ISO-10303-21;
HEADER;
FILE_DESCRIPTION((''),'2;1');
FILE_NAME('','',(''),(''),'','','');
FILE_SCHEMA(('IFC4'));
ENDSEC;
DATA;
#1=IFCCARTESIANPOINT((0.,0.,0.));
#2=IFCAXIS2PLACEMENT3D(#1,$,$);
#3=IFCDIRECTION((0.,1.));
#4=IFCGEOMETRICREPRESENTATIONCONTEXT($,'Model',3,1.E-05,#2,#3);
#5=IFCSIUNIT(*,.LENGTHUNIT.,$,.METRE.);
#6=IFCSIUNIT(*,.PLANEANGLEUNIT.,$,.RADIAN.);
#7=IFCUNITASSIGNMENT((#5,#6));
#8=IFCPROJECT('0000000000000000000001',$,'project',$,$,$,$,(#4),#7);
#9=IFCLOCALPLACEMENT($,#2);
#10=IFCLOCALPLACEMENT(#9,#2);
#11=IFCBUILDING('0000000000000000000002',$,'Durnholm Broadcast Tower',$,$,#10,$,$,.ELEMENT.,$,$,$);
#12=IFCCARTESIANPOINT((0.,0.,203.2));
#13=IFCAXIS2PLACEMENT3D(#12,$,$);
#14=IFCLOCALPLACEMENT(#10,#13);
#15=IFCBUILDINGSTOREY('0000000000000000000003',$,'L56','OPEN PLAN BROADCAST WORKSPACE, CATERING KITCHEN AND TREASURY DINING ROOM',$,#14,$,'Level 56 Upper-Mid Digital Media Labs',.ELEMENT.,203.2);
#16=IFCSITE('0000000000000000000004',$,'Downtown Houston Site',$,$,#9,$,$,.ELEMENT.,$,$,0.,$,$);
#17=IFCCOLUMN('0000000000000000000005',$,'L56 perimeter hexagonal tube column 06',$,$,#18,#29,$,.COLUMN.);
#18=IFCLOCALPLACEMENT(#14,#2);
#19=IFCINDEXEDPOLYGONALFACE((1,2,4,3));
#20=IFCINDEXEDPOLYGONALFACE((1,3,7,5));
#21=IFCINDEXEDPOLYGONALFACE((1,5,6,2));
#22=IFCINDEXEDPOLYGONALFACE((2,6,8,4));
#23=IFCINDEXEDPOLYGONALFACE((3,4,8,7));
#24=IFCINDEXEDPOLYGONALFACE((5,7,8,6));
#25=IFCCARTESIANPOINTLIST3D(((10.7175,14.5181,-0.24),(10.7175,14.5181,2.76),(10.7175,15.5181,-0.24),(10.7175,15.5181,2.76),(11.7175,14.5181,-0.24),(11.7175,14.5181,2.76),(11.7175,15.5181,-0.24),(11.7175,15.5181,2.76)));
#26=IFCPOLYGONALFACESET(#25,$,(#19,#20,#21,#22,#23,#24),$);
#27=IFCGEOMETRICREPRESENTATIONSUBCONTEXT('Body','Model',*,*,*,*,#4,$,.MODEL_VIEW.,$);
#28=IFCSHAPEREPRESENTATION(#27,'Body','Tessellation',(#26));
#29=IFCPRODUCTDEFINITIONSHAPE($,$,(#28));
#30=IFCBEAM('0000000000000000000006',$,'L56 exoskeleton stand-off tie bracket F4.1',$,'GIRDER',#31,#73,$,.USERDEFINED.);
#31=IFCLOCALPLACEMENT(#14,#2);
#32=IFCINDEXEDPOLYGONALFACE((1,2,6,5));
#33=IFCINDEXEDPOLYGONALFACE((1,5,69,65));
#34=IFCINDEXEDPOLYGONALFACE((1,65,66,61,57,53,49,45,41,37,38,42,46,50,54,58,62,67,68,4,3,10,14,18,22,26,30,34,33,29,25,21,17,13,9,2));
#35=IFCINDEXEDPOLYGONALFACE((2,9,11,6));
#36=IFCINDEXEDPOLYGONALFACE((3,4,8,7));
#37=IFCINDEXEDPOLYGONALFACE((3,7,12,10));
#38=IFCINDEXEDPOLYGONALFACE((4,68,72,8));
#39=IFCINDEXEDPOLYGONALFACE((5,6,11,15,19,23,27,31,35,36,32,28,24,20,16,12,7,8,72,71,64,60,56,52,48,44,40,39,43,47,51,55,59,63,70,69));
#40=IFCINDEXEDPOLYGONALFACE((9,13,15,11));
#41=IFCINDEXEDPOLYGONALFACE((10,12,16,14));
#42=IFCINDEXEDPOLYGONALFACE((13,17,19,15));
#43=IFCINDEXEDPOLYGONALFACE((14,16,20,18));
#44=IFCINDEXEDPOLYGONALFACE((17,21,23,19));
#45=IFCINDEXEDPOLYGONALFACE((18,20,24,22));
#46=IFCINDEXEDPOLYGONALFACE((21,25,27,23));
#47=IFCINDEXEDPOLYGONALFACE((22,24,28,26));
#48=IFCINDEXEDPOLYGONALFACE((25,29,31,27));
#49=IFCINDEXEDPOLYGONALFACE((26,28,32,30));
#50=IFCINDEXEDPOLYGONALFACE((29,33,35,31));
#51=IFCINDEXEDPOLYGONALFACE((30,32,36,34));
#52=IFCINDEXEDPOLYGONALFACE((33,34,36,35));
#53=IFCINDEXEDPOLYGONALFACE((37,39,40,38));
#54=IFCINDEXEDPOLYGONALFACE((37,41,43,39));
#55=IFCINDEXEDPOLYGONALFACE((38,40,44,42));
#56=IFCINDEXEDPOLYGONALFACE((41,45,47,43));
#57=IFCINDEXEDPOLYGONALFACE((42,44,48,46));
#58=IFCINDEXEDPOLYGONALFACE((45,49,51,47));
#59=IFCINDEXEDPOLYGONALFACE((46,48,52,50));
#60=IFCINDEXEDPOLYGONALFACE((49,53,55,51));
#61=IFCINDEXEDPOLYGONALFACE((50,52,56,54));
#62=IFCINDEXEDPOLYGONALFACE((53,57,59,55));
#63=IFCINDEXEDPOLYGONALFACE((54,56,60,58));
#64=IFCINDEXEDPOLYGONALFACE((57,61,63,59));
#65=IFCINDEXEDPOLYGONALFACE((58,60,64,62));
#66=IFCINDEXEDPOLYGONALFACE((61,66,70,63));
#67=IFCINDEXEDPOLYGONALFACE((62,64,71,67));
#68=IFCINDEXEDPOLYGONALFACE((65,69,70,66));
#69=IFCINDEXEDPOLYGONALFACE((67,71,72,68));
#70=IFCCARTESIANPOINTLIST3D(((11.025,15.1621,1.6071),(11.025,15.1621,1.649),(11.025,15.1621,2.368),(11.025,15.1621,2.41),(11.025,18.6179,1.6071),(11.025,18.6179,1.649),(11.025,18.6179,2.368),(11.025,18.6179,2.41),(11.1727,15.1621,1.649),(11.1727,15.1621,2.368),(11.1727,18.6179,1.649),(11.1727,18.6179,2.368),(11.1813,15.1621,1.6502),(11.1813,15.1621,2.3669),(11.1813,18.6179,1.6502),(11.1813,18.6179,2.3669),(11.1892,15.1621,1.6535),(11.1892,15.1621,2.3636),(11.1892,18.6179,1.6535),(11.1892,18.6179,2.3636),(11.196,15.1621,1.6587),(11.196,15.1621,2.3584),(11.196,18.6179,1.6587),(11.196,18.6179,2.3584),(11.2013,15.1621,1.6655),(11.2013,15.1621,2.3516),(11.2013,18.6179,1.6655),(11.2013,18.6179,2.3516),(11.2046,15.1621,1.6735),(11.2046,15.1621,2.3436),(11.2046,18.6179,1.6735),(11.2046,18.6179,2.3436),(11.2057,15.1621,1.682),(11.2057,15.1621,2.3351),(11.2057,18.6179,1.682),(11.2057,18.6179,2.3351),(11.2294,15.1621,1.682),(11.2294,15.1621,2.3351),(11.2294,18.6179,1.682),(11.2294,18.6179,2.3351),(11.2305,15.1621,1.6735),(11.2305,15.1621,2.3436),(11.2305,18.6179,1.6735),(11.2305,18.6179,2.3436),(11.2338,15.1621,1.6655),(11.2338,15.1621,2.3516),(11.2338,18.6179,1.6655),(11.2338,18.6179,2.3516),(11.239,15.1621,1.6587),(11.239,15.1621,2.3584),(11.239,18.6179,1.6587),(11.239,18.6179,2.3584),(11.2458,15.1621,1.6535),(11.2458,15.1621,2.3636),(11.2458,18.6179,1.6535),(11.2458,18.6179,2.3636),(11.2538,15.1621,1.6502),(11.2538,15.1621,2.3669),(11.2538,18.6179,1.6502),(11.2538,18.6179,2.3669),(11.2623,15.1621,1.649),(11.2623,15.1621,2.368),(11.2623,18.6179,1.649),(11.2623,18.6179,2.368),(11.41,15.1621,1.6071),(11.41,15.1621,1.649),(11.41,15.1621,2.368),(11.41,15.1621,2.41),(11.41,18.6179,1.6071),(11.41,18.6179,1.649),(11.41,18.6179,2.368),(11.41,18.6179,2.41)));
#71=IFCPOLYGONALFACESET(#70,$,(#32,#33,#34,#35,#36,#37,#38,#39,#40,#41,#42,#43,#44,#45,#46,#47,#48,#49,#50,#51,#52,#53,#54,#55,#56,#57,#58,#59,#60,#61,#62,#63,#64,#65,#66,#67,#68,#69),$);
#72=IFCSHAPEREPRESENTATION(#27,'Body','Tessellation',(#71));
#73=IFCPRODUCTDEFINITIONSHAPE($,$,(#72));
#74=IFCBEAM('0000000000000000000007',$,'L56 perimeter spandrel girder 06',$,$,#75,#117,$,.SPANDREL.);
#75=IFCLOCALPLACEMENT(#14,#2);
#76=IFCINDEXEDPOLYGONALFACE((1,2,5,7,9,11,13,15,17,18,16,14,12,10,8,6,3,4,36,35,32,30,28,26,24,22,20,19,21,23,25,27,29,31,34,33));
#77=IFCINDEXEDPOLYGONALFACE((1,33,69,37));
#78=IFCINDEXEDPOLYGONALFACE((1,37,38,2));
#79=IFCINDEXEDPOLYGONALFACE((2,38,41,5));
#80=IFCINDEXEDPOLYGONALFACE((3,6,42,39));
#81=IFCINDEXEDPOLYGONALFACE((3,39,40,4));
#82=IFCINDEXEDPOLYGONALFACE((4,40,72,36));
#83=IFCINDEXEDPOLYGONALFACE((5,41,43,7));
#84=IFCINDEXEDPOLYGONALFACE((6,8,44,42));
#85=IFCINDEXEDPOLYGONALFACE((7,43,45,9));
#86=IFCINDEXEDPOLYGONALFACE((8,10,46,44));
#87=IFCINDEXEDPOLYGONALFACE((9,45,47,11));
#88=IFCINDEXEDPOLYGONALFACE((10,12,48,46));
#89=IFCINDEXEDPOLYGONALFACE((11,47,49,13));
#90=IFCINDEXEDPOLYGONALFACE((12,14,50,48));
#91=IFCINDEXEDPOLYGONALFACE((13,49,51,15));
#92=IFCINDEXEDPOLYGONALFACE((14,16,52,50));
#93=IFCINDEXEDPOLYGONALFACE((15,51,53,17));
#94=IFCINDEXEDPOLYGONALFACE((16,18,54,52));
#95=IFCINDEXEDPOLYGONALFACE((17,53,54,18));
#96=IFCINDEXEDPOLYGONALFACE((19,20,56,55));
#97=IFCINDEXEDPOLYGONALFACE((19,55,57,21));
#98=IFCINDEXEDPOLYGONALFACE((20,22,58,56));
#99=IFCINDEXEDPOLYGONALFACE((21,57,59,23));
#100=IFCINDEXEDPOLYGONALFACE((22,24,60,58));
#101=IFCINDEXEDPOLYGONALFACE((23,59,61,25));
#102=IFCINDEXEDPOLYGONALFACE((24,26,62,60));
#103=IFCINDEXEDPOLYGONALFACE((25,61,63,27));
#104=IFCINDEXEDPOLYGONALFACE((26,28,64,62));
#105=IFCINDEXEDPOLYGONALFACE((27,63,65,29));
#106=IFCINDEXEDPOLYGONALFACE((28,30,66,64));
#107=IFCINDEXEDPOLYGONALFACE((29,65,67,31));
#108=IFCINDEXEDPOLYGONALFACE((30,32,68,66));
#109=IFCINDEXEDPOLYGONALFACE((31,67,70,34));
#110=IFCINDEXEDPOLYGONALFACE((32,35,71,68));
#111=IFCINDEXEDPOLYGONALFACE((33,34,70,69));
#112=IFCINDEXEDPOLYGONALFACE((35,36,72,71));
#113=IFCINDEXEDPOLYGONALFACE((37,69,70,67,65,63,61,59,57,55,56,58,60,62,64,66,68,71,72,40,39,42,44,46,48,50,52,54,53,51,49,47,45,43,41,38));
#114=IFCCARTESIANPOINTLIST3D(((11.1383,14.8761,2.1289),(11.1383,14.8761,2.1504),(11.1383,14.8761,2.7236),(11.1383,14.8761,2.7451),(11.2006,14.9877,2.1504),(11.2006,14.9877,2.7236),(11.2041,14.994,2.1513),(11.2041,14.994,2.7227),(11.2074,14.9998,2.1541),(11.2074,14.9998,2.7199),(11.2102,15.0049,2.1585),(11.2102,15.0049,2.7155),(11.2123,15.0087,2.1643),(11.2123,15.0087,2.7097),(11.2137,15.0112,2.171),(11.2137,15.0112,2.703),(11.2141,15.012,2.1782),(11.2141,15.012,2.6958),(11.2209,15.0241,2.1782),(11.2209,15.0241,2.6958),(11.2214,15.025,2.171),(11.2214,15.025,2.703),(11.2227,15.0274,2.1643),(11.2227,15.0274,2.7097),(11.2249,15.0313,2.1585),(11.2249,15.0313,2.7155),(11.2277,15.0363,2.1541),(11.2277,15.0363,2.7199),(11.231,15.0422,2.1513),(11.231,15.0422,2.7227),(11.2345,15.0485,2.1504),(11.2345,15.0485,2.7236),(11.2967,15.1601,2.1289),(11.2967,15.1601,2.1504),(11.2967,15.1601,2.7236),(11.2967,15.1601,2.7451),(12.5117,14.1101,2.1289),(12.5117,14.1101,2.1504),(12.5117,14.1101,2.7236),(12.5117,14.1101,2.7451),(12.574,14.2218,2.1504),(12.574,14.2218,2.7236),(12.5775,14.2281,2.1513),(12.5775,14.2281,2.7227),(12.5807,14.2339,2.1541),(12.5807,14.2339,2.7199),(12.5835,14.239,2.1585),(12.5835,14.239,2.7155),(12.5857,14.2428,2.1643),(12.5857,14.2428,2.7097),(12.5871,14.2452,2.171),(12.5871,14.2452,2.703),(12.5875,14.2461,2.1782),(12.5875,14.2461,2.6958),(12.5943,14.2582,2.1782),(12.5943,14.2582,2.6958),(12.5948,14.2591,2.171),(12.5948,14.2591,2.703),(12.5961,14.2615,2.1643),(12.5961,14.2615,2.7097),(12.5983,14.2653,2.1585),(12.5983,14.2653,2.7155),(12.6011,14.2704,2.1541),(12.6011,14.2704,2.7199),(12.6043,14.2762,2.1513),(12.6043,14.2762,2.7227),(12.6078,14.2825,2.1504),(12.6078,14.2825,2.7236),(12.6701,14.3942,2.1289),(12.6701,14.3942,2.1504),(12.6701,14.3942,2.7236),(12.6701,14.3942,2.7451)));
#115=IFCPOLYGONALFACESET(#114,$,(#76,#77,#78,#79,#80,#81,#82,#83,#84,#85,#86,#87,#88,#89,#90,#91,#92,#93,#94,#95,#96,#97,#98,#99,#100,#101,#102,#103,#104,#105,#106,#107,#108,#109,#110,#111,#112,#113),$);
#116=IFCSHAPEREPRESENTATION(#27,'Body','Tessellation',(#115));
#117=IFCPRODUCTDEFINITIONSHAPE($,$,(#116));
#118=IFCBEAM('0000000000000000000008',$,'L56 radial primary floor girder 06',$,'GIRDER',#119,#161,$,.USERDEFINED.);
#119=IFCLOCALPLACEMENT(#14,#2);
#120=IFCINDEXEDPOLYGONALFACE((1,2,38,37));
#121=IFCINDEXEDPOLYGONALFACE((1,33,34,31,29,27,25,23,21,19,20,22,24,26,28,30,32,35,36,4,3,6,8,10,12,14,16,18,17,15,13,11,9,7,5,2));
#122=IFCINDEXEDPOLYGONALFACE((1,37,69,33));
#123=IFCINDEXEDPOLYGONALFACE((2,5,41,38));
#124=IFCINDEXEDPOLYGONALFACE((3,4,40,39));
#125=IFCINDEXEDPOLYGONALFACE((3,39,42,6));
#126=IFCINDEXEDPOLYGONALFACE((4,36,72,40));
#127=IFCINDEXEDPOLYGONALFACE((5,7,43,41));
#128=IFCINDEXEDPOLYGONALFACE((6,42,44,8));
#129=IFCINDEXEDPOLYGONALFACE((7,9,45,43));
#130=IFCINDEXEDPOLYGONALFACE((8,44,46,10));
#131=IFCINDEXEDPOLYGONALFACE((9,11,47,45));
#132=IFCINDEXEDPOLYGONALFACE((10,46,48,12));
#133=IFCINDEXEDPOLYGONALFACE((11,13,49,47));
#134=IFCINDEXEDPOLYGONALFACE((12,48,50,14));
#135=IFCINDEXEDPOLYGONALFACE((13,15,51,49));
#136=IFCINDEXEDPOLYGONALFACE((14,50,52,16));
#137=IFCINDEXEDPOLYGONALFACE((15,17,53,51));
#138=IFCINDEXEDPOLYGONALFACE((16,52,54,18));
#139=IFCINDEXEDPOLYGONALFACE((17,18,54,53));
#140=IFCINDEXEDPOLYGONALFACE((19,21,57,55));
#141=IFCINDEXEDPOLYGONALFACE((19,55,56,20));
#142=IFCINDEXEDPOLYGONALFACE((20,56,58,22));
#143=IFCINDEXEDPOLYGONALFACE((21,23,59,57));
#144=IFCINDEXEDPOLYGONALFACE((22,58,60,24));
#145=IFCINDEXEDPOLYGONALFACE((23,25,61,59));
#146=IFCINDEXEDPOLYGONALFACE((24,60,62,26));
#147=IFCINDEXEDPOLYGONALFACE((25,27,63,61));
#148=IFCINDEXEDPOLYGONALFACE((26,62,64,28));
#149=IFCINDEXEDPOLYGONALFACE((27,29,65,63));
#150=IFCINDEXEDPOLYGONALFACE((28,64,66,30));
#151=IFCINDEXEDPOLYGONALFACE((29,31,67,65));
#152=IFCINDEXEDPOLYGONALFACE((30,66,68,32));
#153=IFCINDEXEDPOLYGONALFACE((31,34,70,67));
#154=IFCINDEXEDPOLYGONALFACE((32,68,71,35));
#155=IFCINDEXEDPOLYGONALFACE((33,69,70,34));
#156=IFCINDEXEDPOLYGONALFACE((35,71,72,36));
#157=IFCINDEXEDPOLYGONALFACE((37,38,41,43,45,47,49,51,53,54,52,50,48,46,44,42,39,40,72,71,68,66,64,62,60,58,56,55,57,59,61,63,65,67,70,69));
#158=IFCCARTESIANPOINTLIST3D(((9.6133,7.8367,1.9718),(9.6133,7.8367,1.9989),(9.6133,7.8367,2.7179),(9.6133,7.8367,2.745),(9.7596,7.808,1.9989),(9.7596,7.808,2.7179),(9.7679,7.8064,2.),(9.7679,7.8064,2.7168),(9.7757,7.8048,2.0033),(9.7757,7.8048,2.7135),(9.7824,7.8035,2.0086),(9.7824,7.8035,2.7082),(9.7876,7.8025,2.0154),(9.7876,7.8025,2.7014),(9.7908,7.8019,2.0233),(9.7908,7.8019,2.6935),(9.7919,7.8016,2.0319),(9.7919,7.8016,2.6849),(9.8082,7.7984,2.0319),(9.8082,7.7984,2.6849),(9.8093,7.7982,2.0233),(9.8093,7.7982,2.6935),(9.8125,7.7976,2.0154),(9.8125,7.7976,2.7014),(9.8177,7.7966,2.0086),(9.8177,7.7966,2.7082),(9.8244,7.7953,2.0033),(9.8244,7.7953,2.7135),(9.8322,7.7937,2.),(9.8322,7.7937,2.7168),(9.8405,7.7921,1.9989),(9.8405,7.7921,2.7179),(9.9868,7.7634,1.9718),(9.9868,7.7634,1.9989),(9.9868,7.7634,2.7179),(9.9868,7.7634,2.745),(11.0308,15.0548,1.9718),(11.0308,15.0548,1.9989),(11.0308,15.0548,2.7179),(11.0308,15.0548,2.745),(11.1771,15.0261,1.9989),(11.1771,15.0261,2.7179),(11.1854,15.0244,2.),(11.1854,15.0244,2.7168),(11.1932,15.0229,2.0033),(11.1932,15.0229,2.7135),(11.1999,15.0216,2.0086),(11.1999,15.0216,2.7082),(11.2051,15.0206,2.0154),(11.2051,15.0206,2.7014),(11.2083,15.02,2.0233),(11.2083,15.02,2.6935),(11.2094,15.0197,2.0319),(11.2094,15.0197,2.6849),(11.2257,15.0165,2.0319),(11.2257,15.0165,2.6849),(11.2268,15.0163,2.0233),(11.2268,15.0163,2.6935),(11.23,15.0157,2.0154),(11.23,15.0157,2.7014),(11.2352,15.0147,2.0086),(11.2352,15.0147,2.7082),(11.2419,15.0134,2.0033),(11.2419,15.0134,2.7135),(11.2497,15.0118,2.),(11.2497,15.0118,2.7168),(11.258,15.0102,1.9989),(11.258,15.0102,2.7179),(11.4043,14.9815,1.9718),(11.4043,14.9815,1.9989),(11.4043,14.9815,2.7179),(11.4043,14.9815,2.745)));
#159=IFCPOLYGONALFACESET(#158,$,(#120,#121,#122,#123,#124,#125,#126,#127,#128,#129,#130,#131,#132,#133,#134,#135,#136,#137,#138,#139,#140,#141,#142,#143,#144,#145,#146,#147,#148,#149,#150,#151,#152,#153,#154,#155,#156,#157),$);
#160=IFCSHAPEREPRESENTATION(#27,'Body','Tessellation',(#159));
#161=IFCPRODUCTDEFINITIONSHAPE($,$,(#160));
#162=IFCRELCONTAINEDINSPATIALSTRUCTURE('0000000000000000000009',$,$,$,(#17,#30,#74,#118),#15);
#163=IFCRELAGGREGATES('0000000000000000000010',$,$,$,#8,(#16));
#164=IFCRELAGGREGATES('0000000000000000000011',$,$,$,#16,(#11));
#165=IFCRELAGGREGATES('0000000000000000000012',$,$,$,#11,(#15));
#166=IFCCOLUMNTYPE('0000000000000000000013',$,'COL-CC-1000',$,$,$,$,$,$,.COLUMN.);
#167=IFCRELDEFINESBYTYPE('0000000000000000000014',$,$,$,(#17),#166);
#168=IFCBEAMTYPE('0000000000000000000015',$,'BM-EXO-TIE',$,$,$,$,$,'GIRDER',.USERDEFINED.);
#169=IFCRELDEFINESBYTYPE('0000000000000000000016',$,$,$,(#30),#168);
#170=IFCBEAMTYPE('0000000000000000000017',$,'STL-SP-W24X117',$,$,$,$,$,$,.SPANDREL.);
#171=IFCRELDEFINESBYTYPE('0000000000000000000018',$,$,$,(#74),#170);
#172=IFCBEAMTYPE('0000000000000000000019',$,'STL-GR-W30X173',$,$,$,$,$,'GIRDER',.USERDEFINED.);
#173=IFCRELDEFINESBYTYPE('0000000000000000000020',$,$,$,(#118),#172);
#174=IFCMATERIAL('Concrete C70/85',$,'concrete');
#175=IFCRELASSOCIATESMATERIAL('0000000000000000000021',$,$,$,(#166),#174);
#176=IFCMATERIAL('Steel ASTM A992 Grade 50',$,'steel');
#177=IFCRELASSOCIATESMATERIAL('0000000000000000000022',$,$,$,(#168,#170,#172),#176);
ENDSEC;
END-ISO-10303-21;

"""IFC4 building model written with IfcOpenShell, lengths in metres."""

from ifc_helpers import new_model, si_unit, direction, frame, origin, origin_2d, place, context, subcontext, project, spatial, rectangle, i_section, extrude, source, transform, mapped, material, material_profile, profile_set, type_object, type_shapes, element, save


model = new_model("IFC4")

# Units and contexts
model_context = context("Model", 3, precision=1e-05, world=origin(), true_north=direction((0.0, 1.0)))
body_context = subcontext(model_context, "Body", "Model", "MODEL_VIEW")
ifc_project = project(units=[si_unit("LENGTHUNIT", "METRE"), si_unit("PLANEANGLEUNIT", "RADIAN")], contexts=[model_context])

# Site, building, storey
site_placement = place(None, origin())
site = spatial("IfcSite", under=ifc_project, at=site_placement, Name="Downtown Houston Site", CompositionType="ELEMENT", RefElevation=0.0)
building_placement = place(site_placement, origin())
building = spatial("IfcBuilding", under=site, at=building_placement, Name="Durnholm Broadcast Tower", CompositionType="ELEMENT")
storey_placement = place(building_placement, frame((0.0, 0.0, 203.2)))
storey = spatial("IfcBuildingStorey", under=building, at=storey_placement, Name="L56", Description="OPEN PLAN BROADCAST WORKSPACE, CATERING KITCHEN AND TREASURY DINING ROOM", LongName="Level 56 Upper-Mid Digital Media Labs", CompositionType="ELEMENT", Elevation=203.2)

# Column
ifc_material_1 = material(Name="Concrete C70/85", Category="concrete")
ifc_material_profile_1 = material_profile(ifc_material_1, rectangle(XDim=1.0, YDim=1.0, at=origin_2d()), Name="RC1000X1000")
ifc_profile_set_1 = profile_set([ifc_material_profile_1], Name="Concrete C70/85")
column_type = type_object("IfcColumnType", Name="COL-CC-1000", PredefinedType="COLUMN", material=ifc_profile_set_1)
shared_shape_1 = source(origin(), body_context, "Body", "SweptSolid", [
    extrude(rectangle(XDim=1.0, YDim=1.0, at=origin_2d()), origin(), (0.0, 0.0, 1.0), 3.0),
])
type_shapes(column_type, [shared_shape_1])
column_placement = place(storey_placement, frame((11.2175, 15.0181, -0.24), z_axis=(0.0, 0.0, 1.0), x_axis=(1.0, 0.0, 0.0)))
element("IfcColumn", 1, at=column_placement, inside=storey, type_object=column_type, Name="L56 perimeter hexagonal tube column 06", PredefinedType="COLUMN", context=body_context, shape_type="MappedRepresentation", body=[
    mapped(shared_shape_1, transform((0.0, 0.0, 0.0), x_axis=(1.0, 0.0, 0.0), y_axis=(0.0, 1.0, 0.0), z_axis=(0.0, 0.0, 1.0), scale=1.0)),
])

# Beams
ifc_material_2 = material(Name="Steel ASTM A992 Grade 50", Category="steel")
ifc_material_profile_2 = material_profile(ifc_material_2, i_section(OverallWidth=0.385, OverallDepth=0.803, WebThickness=0.0237, FlangeThickness=0.042, FilletRadius=0.033, at=origin_2d()), Name="W30X261")
ifc_profile_set_2 = profile_set([ifc_material_profile_2], Name="Steel ASTM A992 Grade 50")
beam_type_1 = type_object("IfcBeamType", Name="BM-EXO-TIE", ElementType="GIRDER", PredefinedType="USERDEFINED", material=ifc_profile_set_2)
shared_shape_2 = source(origin(), body_context, "Body", "SweptSolid", [
    extrude(i_section(OverallWidth=0.385, OverallDepth=0.803, WebThickness=0.0237, FlangeThickness=0.042, FilletRadius=0.033, at=origin_2d()), origin(), (0.0, 0.0, 1.0), 3.4558),
])
beam_1_placement = place(storey_placement, frame((11.2175, 15.1621, 2.0085), z_axis=(0.0, 1.0, 0.0), x_axis=(-1.0, 0.0, 0.0)))
element("IfcBeam", 2, at=beam_1_placement, inside=storey, type_object=beam_type_1, Name="L56 exoskeleton stand-off tie bracket F4.1", ObjectType="GIRDER", PredefinedType="USERDEFINED", context=body_context, shape_type="MappedRepresentation", body=[
    mapped(shared_shape_2, transform((0.0, 0.0, 0.0), x_axis=(1.0, 0.0, 0.0), y_axis=(0.0, 1.0, 0.0), z_axis=(0.0, 0.0, 1.0), scale=1.0)),
])
ifc_material_profile_3 = material_profile(ifc_material_2, i_section(OverallWidth=0.3252, OverallDepth=0.6162, WebThickness=0.0139, FlangeThickness=0.0215, FilletRadius=0.0278, at=origin_2d()), Name="W24X117")
ifc_profile_set_3 = profile_set([ifc_material_profile_3], Name="Steel ASTM A992 Grade 50")
beam_type_2 = type_object("IfcBeamType", Name="STL-SP-W24X117", PredefinedType="SPANDREL", material=ifc_profile_set_3)
shared_shape_3 = source(origin(), body_context, "Body", "SweptSolid", [
    extrude(i_section(OverallWidth=0.3252, OverallDepth=0.6162, WebThickness=0.0139, FlangeThickness=0.0215, FilletRadius=0.0278, at=origin_2d()), origin(), (0.0, 0.0, 1.0), 1.5725),
])
type_shapes(beam_type_2, [shared_shape_3])
beam_2_placement = place(storey_placement, frame((11.2175, 15.0181, 2.437), z_axis=(0.873365, -0.487066, 0.0), x_axis=(0.487066, 0.873365, 0.0)))
element("IfcBeam", 3, at=beam_2_placement, inside=storey, type_object=beam_type_2, Name="L56 perimeter spandrel girder 06", PredefinedType="SPANDREL", context=body_context, shape_type="MappedRepresentation", body=[
    mapped(shared_shape_3, transform((0.0, 0.0, 0.0), x_axis=(1.0, 0.0, 0.0), y_axis=(0.0, 1.0, 0.0), z_axis=(0.0, 0.0, 1.0), scale=1.0)),
])
ifc_material_profile_4 = material_profile(ifc_material_2, i_section(OverallWidth=0.3806, OverallDepth=0.7732, WebThickness=0.0166, FlangeThickness=0.0271, FilletRadius=0.033, at=origin_2d()), Name="W30X173")
ifc_profile_set_4 = profile_set([ifc_material_profile_4], Name="Steel ASTM A992 Grade 50")
beam_type_3 = type_object("IfcBeamType", Name="STL-GR-W30X173", ElementType="GIRDER", PredefinedType="USERDEFINED", material=ifc_profile_set_4)
shared_shape_4 = source(origin(), body_context, "Body", "SweptSolid", [
    extrude(i_section(OverallWidth=0.3806, OverallDepth=0.7732, WebThickness=0.0166, FlangeThickness=0.0271, FilletRadius=0.033, at=origin_2d()), origin(), (0.0, 0.0, 1.0), 7.356),
])
beam_3_placement = place(storey_placement, frame((9.8, 7.8, 2.3584), z_axis=(0.1927, 0.981258, 0.0), x_axis=(-0.981258, 0.1927, 0.0)))
element("IfcBeam", 4, at=beam_3_placement, inside=storey, type_object=beam_type_3, Name="L56 radial primary floor girder 06", ObjectType="GIRDER", PredefinedType="USERDEFINED", context=body_context, shape_type="MappedRepresentation", body=[
    mapped(shared_shape_4, transform((0.0, 0.0, 0.0), x_axis=(1.0, 0.0, 0.0), y_axis=(0.0, 1.0, 0.0), z_axis=(0.0, 0.0, 1.0), scale=1.0)),
])

save(model, "model.ifc")
